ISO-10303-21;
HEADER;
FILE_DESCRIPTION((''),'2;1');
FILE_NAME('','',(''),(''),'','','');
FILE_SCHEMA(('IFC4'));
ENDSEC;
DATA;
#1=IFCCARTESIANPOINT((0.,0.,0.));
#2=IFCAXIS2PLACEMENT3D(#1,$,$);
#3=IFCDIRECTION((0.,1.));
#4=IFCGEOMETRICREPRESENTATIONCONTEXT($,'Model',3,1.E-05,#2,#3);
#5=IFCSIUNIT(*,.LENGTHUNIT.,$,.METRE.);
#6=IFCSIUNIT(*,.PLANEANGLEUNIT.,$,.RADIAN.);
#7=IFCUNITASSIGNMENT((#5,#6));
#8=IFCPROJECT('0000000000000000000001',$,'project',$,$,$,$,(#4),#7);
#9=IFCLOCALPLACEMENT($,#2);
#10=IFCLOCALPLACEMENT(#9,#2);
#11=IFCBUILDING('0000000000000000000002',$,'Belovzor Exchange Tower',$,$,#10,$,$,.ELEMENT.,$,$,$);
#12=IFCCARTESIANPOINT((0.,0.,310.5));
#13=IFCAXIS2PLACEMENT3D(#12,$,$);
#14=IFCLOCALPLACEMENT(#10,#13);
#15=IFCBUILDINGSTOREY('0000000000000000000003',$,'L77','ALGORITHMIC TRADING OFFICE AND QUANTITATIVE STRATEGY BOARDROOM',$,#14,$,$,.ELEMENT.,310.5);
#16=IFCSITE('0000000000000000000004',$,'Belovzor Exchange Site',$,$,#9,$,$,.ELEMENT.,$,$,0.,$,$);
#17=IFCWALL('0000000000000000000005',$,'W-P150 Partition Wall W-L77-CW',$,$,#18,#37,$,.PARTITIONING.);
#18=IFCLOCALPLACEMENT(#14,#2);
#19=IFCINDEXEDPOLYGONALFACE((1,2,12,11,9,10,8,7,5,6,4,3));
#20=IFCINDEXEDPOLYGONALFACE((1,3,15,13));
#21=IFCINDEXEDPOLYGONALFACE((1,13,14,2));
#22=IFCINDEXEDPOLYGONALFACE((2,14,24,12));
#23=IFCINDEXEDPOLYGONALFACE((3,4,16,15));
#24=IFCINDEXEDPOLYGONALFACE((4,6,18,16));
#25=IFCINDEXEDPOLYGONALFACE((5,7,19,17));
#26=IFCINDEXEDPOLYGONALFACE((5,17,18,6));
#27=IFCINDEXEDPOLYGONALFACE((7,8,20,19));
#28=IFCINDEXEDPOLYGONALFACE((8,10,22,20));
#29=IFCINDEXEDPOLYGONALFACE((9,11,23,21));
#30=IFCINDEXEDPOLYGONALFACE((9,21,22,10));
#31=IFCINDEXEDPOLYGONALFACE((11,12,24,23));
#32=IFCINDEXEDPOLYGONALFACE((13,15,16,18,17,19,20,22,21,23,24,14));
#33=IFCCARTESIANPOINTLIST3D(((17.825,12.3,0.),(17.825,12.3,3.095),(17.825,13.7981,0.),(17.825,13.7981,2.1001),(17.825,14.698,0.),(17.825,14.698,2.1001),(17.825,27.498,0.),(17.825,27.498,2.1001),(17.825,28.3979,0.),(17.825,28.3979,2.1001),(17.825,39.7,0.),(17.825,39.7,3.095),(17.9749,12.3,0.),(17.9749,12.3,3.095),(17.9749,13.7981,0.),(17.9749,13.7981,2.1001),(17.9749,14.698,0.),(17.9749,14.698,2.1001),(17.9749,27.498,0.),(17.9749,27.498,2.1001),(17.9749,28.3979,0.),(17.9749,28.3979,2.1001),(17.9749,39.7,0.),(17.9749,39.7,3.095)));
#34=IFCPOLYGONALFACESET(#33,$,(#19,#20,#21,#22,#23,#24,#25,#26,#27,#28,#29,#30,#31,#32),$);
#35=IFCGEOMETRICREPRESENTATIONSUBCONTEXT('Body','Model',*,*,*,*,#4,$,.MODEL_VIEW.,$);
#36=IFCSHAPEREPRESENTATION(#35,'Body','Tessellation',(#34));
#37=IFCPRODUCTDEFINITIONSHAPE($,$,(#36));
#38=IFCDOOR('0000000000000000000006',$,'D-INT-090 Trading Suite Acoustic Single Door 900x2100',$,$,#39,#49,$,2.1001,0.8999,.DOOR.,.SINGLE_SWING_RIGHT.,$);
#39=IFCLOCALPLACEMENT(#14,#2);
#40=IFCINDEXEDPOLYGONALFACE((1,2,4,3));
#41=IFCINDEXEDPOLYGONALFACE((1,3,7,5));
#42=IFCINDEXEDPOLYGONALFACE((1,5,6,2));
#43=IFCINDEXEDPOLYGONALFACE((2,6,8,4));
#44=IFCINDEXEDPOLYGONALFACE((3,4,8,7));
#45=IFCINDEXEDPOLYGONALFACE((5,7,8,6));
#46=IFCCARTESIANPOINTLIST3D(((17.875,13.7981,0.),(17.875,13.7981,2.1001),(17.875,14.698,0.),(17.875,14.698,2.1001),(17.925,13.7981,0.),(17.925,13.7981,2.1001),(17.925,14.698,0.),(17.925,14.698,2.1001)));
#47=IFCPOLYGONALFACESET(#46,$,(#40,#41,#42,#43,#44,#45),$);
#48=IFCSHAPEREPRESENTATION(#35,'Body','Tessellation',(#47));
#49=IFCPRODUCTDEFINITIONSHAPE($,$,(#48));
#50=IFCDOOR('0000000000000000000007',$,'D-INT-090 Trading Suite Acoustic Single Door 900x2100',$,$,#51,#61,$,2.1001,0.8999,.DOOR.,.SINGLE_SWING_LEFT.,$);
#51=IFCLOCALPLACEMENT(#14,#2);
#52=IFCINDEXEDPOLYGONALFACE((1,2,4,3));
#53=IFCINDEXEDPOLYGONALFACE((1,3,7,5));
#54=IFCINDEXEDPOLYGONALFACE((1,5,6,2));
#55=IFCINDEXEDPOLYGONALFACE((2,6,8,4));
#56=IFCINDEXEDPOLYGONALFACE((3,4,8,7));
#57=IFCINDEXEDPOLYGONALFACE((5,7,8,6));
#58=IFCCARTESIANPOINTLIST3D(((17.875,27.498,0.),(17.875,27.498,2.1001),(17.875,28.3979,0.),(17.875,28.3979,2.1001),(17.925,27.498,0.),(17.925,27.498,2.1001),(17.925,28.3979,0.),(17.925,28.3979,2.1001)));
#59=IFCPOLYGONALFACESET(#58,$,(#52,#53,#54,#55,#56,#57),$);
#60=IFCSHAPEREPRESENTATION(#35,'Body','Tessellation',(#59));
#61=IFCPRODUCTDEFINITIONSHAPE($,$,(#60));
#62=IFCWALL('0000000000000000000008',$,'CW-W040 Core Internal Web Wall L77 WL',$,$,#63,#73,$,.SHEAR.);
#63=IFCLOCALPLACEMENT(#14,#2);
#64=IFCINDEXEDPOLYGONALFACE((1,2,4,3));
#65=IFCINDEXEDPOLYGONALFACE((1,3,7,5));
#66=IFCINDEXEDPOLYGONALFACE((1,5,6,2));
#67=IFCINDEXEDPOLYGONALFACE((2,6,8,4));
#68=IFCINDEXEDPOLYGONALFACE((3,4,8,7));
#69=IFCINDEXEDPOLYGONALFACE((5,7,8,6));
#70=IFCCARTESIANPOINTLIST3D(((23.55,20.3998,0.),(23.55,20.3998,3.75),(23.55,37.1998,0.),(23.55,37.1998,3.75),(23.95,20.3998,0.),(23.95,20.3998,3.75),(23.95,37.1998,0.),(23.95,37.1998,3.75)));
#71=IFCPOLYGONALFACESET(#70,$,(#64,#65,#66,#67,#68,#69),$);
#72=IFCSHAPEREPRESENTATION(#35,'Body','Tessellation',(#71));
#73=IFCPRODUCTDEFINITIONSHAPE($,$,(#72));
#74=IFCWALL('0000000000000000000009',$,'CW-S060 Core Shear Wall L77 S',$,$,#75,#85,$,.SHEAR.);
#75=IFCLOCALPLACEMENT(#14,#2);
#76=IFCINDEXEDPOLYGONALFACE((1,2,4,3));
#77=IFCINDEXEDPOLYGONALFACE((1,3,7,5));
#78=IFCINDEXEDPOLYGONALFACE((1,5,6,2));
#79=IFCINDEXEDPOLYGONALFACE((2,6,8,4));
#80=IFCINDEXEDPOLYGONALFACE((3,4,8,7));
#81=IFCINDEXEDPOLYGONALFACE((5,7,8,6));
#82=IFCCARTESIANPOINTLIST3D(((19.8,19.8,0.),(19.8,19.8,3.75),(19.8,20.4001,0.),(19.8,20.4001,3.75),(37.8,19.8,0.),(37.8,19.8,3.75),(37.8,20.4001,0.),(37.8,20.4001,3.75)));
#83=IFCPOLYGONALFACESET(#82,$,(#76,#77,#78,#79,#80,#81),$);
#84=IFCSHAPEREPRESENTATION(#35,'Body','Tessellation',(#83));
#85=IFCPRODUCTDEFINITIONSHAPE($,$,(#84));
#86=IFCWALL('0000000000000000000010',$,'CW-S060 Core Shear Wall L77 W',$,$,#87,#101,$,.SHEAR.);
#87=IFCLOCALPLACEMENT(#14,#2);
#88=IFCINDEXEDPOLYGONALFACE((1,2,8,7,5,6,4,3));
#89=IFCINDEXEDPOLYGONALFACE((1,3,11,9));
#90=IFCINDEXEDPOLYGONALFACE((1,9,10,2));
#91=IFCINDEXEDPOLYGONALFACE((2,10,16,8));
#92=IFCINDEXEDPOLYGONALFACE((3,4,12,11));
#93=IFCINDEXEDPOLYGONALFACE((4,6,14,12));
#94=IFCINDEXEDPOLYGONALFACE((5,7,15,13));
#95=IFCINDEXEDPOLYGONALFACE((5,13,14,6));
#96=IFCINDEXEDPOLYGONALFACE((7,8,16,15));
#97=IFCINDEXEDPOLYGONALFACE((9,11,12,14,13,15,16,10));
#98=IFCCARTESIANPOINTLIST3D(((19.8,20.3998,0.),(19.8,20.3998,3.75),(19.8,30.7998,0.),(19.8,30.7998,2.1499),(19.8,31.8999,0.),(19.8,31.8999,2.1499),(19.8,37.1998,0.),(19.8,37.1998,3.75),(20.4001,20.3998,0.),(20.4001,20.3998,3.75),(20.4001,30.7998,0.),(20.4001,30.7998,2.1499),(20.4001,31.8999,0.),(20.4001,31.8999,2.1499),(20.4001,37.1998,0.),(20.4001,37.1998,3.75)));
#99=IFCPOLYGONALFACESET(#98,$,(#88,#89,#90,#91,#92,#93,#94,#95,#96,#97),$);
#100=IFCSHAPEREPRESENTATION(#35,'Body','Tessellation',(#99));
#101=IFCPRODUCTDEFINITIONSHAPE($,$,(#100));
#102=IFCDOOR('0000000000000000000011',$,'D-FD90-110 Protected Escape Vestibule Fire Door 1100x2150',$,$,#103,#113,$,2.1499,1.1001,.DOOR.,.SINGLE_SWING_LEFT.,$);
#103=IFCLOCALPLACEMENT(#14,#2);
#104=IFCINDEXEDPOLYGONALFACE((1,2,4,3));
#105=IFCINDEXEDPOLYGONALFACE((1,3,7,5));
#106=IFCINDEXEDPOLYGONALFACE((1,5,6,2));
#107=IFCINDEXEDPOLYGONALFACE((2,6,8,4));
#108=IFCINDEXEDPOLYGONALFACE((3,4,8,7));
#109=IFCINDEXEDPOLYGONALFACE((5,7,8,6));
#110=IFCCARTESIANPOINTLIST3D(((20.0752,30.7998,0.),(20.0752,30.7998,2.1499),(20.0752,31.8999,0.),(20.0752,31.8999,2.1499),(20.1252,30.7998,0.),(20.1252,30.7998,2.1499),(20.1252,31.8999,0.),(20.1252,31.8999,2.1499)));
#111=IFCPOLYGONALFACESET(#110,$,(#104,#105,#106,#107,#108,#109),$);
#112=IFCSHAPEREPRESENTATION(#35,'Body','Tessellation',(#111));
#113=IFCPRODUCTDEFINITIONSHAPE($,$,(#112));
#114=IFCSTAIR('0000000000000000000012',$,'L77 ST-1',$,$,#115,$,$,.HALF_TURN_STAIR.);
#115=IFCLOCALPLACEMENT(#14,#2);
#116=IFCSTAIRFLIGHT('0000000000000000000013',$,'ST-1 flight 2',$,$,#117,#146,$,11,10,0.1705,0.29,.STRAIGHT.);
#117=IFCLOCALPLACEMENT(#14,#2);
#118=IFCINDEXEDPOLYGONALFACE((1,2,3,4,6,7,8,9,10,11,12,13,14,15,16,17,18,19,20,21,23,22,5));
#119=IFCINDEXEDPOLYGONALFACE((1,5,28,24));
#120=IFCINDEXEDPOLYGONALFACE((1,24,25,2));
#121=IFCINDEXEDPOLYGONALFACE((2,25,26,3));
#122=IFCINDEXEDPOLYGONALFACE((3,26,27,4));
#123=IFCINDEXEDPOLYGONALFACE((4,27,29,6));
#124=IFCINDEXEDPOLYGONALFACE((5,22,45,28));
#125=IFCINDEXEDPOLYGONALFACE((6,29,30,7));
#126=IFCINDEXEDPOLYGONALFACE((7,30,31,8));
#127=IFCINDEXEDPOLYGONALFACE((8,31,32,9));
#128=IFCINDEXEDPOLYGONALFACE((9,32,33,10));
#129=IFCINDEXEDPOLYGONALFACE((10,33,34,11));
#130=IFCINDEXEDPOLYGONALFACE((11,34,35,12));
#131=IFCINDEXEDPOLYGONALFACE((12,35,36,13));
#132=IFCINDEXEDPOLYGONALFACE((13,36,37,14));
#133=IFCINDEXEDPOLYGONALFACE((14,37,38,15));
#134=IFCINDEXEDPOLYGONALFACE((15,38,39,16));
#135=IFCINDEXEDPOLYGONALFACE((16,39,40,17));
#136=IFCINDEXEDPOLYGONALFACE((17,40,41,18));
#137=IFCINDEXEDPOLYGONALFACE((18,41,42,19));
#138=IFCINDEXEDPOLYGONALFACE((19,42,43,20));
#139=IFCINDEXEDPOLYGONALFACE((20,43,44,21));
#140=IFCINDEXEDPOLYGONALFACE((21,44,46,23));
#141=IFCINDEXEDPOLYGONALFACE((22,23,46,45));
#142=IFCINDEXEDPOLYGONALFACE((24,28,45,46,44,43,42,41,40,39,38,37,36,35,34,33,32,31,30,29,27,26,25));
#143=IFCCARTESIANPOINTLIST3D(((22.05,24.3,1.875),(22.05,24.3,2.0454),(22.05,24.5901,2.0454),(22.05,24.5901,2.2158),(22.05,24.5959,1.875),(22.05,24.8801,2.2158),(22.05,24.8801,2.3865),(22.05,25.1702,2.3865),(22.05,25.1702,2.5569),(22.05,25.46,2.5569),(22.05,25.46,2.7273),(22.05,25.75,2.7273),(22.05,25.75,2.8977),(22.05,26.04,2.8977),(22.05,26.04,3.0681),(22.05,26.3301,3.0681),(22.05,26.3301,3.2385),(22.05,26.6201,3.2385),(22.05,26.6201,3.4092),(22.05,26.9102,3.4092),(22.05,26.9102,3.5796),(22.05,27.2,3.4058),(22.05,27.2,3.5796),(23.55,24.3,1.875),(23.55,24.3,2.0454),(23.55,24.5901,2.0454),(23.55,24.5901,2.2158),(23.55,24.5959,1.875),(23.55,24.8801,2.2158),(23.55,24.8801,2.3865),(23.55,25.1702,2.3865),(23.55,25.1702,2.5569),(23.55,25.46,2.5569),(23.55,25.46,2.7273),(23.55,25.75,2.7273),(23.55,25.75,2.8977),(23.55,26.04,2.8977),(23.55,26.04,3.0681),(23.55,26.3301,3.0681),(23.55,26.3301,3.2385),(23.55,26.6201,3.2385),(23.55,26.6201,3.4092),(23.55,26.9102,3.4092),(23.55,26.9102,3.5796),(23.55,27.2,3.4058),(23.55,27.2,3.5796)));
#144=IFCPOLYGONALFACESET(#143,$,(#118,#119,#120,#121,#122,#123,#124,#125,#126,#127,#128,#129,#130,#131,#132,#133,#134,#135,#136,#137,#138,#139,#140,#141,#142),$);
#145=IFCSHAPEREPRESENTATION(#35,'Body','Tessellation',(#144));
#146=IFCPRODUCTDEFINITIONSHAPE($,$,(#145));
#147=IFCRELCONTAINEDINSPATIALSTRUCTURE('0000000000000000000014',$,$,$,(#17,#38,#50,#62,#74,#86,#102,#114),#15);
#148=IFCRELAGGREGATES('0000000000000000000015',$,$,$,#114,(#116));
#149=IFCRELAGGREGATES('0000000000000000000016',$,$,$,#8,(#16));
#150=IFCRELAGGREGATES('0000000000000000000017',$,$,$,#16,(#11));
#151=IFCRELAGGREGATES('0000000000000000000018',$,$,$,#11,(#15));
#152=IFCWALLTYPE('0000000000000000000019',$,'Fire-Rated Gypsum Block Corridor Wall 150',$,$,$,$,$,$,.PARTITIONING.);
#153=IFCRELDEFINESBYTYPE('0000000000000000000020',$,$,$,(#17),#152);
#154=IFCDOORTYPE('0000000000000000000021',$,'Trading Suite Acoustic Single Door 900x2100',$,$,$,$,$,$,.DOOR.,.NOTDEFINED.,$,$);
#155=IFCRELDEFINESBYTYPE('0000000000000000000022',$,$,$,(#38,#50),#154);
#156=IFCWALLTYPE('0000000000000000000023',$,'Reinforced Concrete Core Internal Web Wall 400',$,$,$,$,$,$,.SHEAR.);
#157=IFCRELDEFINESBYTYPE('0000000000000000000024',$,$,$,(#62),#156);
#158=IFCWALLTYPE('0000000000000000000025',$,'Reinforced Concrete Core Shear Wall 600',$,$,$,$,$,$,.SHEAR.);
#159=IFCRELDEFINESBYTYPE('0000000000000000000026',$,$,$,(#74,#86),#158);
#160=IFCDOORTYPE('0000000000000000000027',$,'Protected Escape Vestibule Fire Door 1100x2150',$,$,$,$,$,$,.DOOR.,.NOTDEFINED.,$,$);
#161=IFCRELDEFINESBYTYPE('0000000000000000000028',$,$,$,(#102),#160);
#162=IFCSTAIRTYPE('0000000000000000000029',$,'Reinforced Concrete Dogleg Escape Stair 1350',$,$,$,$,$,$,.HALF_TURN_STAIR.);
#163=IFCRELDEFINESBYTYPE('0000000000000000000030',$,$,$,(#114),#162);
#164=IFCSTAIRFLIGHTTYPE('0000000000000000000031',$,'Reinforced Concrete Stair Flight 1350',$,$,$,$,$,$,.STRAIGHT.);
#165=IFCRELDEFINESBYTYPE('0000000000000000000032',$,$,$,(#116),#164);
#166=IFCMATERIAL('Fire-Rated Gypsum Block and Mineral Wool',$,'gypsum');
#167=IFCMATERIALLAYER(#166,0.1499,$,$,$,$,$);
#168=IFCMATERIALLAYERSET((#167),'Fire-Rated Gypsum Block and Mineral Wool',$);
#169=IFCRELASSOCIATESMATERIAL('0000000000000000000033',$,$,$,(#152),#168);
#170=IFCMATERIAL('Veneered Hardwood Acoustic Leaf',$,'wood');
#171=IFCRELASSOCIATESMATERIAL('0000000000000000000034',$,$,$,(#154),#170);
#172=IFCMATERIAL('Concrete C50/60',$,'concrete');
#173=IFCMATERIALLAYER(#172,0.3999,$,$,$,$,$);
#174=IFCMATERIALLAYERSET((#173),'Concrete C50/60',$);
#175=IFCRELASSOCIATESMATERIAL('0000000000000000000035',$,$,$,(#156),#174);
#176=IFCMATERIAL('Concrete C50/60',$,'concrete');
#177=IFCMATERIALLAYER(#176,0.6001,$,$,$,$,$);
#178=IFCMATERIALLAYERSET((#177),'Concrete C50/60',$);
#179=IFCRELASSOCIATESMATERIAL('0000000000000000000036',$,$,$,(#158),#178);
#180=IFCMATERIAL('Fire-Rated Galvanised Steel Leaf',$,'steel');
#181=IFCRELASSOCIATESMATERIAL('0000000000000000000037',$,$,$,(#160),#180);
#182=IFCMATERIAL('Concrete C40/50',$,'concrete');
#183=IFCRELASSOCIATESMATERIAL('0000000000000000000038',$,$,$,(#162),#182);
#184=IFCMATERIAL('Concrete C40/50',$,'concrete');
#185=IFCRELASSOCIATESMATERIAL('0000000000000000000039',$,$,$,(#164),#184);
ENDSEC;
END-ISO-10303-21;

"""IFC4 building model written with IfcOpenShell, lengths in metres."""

from ifc_helpers import new_model, si_unit, direction, frame, frame_2d, origin, place, context, subcontext, project, spatial, polyline, rectangle, outline, extrude, material, layer, layer_set, type_object, element, fill, aggregate, save


model = new_model("IFC4")

# Units and contexts
model_context = context("Model", 3, precision=1e-05, world=origin(), true_north=direction((0.0, 1.0)))
body_context = subcontext(model_context, "Body", "Model", "MODEL_VIEW")
ifc_project = project(units=[si_unit("LENGTHUNIT", "METRE"), si_unit("PLANEANGLEUNIT", "RADIAN")], contexts=[model_context])

# Site, building, storey
site_placement = place(None, origin())
site = spatial("IfcSite", under=ifc_project, at=site_placement, Name="Belovzor Exchange Site", CompositionType="ELEMENT", RefElevation=0.0)
building_placement = place(site_placement, origin())
building = spatial("IfcBuilding", under=site, at=building_placement, Name="Belovzor Exchange Tower", CompositionType="ELEMENT")
storey_placement = place(building_placement, frame((0.0, 0.0, 310.5)))
storey = spatial("IfcBuildingStorey", under=building, at=storey_placement, Name="L77", Description="ALGORITHMIC TRADING OFFICE AND QUANTITATIVE STRATEGY BOARDROOM", CompositionType="ELEMENT", Elevation=310.5)

# Wall, openings, doors
ifc_material_1 = material(Name="Fire-Rated Gypsum Block and Mineral Wool", Category="gypsum")
ifc_layer_1 = layer(ifc_material_1, 0.1499)
ifc_layer_set_1 = layer_set([ifc_layer_1], Name="Fire-Rated Gypsum Block and Mineral Wool")
wall_type_1 = type_object("IfcWallType", Name="Fire-Rated Gypsum Block Corridor Wall 150", PredefinedType="PARTITIONING", material=ifc_layer_set_1)
wall_1_placement = place(storey_placement, frame((17.8999, 12.3, 0.0), z_axis=(0.0, 0.0, 1.0), x_axis=(0.0, 1.0, 0.0)))
wall_1 = element("IfcWall", 1, at=wall_1_placement, inside=storey, type_object=wall_type_1, Name="W-P150 Partition Wall W-L77-CW", PredefinedType="PARTITIONING", context=body_context, shape_type="SweptSolid", body=[
    extrude(rectangle(XDim=27.3999, YDim=0.1499, at=frame_2d((13.7, 0.0))), origin(), (0.0, 0.0, 1.0), 3.095),
])
opening_1_placement = place(wall_1_placement, frame((1.498, 0.0, 0.0)))
opening_1 = element("IfcOpeningElement", 2, at=opening_1_placement, cuts=wall_1, PredefinedType="OPENING", context=body_context, shape_type="SweptSolid", body=[
    extrude(rectangle(XDim=0.8999, YDim=2.1001, at=frame_2d((0.45, 1.05))), frame((0.0, 0.085, 0.0), z_axis=(0.0, -1.0, 0.0), x_axis=(1.0, 0.0, 0.0)), (0.0, 0.0, 1.0), 0.1699),
])
opening_2_placement = place(wall_1_placement, frame((15.198, 0.0, 0.0)))
opening_2 = element("IfcOpeningElement", 3, at=opening_2_placement, cuts=wall_1, PredefinedType="OPENING", context=body_context, shape_type="SweptSolid", body=[
    extrude(rectangle(XDim=0.8999, YDim=2.1001, at=frame_2d((0.45, 1.05))), frame((0.0, 0.085, 0.0), z_axis=(0.0, -1.0, 0.0), x_axis=(1.0, 0.0, 0.0)), (0.0, 0.0, 1.0), 0.1699),
])
ifc_material_2 = material(Name="Veneered Hardwood Acoustic Leaf", Category="wood")
door_type_1 = type_object("IfcDoorType", Name="Trading Suite Acoustic Single Door 900x2100", OperationType="NOTDEFINED", PredefinedType="DOOR", material=ifc_material_2)
door_1_placement = place(opening_1_placement, origin())
door_1 = element("IfcDoor", 4, at=door_1_placement, inside=storey, type_object=door_type_1, Name="D-INT-090 Trading Suite Acoustic Single Door 900x2100", OperationType="SINGLE_SWING_RIGHT", OverallHeight=2.1001, OverallWidth=0.8999, PredefinedType="DOOR", context=body_context, shape_type="SweptSolid", body=[
    extrude(rectangle(XDim=0.8999, YDim=2.1001, at=frame_2d((0.45, 1.05))), frame((0.0, 0.0249, 0.0), z_axis=(0.0, -1.0, 0.0), x_axis=(1.0, 0.0, 0.0)), (0.0, 0.0, 1.0), 0.05),
])
fill(opening_1, door_1)
door_2_placement = place(opening_2_placement, origin())
door_2 = element("IfcDoor", 5, at=door_2_placement, inside=storey, type_object=door_type_1, Name="D-INT-090 Trading Suite Acoustic Single Door 900x2100", OperationType="SINGLE_SWING_LEFT", OverallHeight=2.1001, OverallWidth=0.8999, PredefinedType="DOOR", context=body_context, shape_type="SweptSolid", body=[
    extrude(rectangle(XDim=0.8999, YDim=2.1001, at=frame_2d((0.45, 1.05))), frame((0.0, 0.0249, 0.0), z_axis=(0.0, -1.0, 0.0), x_axis=(1.0, 0.0, 0.0)), (0.0, 0.0, 1.0), 0.05),
])
fill(opening_2, door_2)

# Walls
ifc_material_3 = material(Name="Concrete C50/60", Category="concrete")
ifc_layer_2 = layer(ifc_material_3, 0.3999)
ifc_layer_set_2 = layer_set([ifc_layer_2], Name="Concrete C50/60")
wall_type_2 = type_object("IfcWallType", Name="Reinforced Concrete Core Internal Web Wall 400", PredefinedType="SHEAR", material=ifc_layer_set_2)
wall_2_placement = place(storey_placement, frame((23.75, 20.3999, 0.0), z_axis=(0.0, 0.0, 1.0), x_axis=(0.0, 1.0, 0.0)))
element("IfcWall", 6, at=wall_2_placement, inside=storey, type_object=wall_type_2, Name="CW-W040 Core Internal Web Wall L77 WL", PredefinedType="SHEAR", context=body_context, shape_type="SweptSolid", body=[
    extrude(rectangle(XDim=16.8, YDim=0.3999, at=frame_2d((8.3999, 0.0))), origin(), (0.0, 0.0, 1.0), 3.75),
])
ifc_material_4 = material(Name="Concrete C50/60", Category="concrete")
ifc_layer_3 = layer(ifc_material_4, 0.6001)
ifc_layer_set_3 = layer_set([ifc_layer_3], Name="Concrete C50/60")
wall_type_3 = type_object("IfcWallType", Name="Reinforced Concrete Core Shear Wall 600", PredefinedType="SHEAR", material=ifc_layer_set_3)
wall_3_placement = place(storey_placement, frame((19.8, 20.1001, 0.0), z_axis=(0.0, 0.0, 1.0), x_axis=(1.0, 0.0, 0.0)))
element("IfcWall", 7, at=wall_3_placement, inside=storey, type_object=wall_type_3, Name="CW-S060 Core Shear Wall L77 S", PredefinedType="SHEAR", context=body_context, shape_type="SweptSolid", body=[
    extrude(rectangle(XDim=18.0, YDim=0.6001, at=frame_2d((9.0, 0.0))), origin(), (0.0, 0.0, 1.0), 3.75),
])

# Wall, opening, door
wall_4_placement = place(storey_placement, frame((20.1001, 20.3999, 0.0), z_axis=(0.0, 0.0, 1.0), x_axis=(0.0, 1.0, 0.0)))
wall_4 = element("IfcWall", 8, at=wall_4_placement, inside=storey, type_object=wall_type_3, Name="CW-S060 Core Shear Wall L77 W", PredefinedType="SHEAR", context=body_context, shape_type="SweptSolid", body=[
    extrude(rectangle(XDim=16.8, YDim=0.6001, at=frame_2d((8.3999, 0.0))), origin(), (0.0, 0.0, 1.0), 3.75),
])
opening_3_placement = place(wall_4_placement, frame((10.3999, 0.0, 0.0)))
opening_3 = element("IfcOpeningElement", 9, at=opening_3_placement, cuts=wall_4, PredefinedType="OPENING", context=body_context, shape_type="SweptSolid", body=[
    extrude(rectangle(XDim=1.1001, YDim=2.1499, at=frame_2d((0.55, 1.075))), frame((0.0, 0.3101, 0.0), z_axis=(0.0, -1.0, 0.0), x_axis=(1.0, 0.0, 0.0)), (0.0, 0.0, 1.0), 0.6201),
])
ifc_material_5 = material(Name="Fire-Rated Galvanised Steel Leaf", Category="steel")
door_type_2 = type_object("IfcDoorType", Name="Protected Escape Vestibule Fire Door 1100x2150", OperationType="NOTDEFINED", PredefinedType="DOOR", material=ifc_material_5)
door_3_placement = place(opening_3_placement, origin())
door_3 = element("IfcDoor", 10, at=door_3_placement, inside=storey, type_object=door_type_2, Name="D-FD90-110 Protected Escape Vestibule Fire Door 1100x2150", OperationType="SINGLE_SWING_LEFT", OverallHeight=2.1499, OverallWidth=1.1001, PredefinedType="DOOR", context=body_context, shape_type="SweptSolid", body=[
    extrude(rectangle(XDim=1.1001, YDim=2.1499, at=frame_2d((0.55, 1.075))), frame((0.0, 0.0249, 0.0), z_axis=(0.0, -1.0, 0.0), x_axis=(1.0, 0.0, 0.0)), (0.0, 0.0, 1.0), 0.05),
])
fill(opening_3, door_3)

# Stair, stair flight
ifc_material_6 = material(Name="Concrete C40/50", Category="concrete")
stair_type = type_object("IfcStairType", Name="Reinforced Concrete Dogleg Escape Stair 1350", PredefinedType="HALF_TURN_STAIR", material=ifc_material_6)
stair_placement = place(storey_placement, origin())
stair = element("IfcStair", 11, at=stair_placement, inside=storey, type_object=stair_type, Name="L77 ST-1", PredefinedType="HALF_TURN_STAIR")
ifc_material_7 = material(Name="Concrete C40/50", Category="concrete")
stair_flight_type = type_object("IfcStairFlightType", Name="Reinforced Concrete Stair Flight 1350", PredefinedType="STRAIGHT", material=ifc_material_7)
stair_flight_placement = place(storey_placement, frame((22.8, 24.3, 1.875), z_axis=(0.0, 0.0, 1.0), x_axis=(0.0, 1.0, 0.0)))
stair_flight = element("IfcStairFlight", 12, at=stair_flight_placement, type_object=stair_flight_type, Name="ST-1 flight 2", NumberOfRisers=11, NumberOfTreads=10, PredefinedType="STRAIGHT", RiserHeight=0.1705, TreadLength=0.29, context=body_context, shape_type="SweptSolid", body=[
    extrude(outline(polyline([(0.0, 0.0), (0.0, 0.1704), (0.29, 0.1704), (0.29, 0.3408), (0.5801, 0.3408), (0.5801, 0.5115), (0.8701, 0.5115), (0.8701, 0.6819), (1.1599, 0.6819), (1.1599, 0.8523), (1.45, 0.8523), (1.45, 1.0227), (1.74, 1.0227), (1.74, 1.1931), (2.03, 1.1931), (2.03, 1.3635), (2.3201, 1.3635), (2.3201, 1.5342), (2.6101, 1.5342), (2.6101, 1.7046), (2.8999, 1.7046), (2.8999, 1.875), (2.8999, 1.5308), (0.2959, 0.0), (0.0, 0.0)])), frame((0.0, 0.75, 0.0), z_axis=(0.0, -1.0, 0.0), x_axis=(1.0, 0.0, 0.0)), (0.0, 0.0, 1.0), 1.5),
])
aggregate(stair, [stair_flight])

save(model, "model.ifc")
